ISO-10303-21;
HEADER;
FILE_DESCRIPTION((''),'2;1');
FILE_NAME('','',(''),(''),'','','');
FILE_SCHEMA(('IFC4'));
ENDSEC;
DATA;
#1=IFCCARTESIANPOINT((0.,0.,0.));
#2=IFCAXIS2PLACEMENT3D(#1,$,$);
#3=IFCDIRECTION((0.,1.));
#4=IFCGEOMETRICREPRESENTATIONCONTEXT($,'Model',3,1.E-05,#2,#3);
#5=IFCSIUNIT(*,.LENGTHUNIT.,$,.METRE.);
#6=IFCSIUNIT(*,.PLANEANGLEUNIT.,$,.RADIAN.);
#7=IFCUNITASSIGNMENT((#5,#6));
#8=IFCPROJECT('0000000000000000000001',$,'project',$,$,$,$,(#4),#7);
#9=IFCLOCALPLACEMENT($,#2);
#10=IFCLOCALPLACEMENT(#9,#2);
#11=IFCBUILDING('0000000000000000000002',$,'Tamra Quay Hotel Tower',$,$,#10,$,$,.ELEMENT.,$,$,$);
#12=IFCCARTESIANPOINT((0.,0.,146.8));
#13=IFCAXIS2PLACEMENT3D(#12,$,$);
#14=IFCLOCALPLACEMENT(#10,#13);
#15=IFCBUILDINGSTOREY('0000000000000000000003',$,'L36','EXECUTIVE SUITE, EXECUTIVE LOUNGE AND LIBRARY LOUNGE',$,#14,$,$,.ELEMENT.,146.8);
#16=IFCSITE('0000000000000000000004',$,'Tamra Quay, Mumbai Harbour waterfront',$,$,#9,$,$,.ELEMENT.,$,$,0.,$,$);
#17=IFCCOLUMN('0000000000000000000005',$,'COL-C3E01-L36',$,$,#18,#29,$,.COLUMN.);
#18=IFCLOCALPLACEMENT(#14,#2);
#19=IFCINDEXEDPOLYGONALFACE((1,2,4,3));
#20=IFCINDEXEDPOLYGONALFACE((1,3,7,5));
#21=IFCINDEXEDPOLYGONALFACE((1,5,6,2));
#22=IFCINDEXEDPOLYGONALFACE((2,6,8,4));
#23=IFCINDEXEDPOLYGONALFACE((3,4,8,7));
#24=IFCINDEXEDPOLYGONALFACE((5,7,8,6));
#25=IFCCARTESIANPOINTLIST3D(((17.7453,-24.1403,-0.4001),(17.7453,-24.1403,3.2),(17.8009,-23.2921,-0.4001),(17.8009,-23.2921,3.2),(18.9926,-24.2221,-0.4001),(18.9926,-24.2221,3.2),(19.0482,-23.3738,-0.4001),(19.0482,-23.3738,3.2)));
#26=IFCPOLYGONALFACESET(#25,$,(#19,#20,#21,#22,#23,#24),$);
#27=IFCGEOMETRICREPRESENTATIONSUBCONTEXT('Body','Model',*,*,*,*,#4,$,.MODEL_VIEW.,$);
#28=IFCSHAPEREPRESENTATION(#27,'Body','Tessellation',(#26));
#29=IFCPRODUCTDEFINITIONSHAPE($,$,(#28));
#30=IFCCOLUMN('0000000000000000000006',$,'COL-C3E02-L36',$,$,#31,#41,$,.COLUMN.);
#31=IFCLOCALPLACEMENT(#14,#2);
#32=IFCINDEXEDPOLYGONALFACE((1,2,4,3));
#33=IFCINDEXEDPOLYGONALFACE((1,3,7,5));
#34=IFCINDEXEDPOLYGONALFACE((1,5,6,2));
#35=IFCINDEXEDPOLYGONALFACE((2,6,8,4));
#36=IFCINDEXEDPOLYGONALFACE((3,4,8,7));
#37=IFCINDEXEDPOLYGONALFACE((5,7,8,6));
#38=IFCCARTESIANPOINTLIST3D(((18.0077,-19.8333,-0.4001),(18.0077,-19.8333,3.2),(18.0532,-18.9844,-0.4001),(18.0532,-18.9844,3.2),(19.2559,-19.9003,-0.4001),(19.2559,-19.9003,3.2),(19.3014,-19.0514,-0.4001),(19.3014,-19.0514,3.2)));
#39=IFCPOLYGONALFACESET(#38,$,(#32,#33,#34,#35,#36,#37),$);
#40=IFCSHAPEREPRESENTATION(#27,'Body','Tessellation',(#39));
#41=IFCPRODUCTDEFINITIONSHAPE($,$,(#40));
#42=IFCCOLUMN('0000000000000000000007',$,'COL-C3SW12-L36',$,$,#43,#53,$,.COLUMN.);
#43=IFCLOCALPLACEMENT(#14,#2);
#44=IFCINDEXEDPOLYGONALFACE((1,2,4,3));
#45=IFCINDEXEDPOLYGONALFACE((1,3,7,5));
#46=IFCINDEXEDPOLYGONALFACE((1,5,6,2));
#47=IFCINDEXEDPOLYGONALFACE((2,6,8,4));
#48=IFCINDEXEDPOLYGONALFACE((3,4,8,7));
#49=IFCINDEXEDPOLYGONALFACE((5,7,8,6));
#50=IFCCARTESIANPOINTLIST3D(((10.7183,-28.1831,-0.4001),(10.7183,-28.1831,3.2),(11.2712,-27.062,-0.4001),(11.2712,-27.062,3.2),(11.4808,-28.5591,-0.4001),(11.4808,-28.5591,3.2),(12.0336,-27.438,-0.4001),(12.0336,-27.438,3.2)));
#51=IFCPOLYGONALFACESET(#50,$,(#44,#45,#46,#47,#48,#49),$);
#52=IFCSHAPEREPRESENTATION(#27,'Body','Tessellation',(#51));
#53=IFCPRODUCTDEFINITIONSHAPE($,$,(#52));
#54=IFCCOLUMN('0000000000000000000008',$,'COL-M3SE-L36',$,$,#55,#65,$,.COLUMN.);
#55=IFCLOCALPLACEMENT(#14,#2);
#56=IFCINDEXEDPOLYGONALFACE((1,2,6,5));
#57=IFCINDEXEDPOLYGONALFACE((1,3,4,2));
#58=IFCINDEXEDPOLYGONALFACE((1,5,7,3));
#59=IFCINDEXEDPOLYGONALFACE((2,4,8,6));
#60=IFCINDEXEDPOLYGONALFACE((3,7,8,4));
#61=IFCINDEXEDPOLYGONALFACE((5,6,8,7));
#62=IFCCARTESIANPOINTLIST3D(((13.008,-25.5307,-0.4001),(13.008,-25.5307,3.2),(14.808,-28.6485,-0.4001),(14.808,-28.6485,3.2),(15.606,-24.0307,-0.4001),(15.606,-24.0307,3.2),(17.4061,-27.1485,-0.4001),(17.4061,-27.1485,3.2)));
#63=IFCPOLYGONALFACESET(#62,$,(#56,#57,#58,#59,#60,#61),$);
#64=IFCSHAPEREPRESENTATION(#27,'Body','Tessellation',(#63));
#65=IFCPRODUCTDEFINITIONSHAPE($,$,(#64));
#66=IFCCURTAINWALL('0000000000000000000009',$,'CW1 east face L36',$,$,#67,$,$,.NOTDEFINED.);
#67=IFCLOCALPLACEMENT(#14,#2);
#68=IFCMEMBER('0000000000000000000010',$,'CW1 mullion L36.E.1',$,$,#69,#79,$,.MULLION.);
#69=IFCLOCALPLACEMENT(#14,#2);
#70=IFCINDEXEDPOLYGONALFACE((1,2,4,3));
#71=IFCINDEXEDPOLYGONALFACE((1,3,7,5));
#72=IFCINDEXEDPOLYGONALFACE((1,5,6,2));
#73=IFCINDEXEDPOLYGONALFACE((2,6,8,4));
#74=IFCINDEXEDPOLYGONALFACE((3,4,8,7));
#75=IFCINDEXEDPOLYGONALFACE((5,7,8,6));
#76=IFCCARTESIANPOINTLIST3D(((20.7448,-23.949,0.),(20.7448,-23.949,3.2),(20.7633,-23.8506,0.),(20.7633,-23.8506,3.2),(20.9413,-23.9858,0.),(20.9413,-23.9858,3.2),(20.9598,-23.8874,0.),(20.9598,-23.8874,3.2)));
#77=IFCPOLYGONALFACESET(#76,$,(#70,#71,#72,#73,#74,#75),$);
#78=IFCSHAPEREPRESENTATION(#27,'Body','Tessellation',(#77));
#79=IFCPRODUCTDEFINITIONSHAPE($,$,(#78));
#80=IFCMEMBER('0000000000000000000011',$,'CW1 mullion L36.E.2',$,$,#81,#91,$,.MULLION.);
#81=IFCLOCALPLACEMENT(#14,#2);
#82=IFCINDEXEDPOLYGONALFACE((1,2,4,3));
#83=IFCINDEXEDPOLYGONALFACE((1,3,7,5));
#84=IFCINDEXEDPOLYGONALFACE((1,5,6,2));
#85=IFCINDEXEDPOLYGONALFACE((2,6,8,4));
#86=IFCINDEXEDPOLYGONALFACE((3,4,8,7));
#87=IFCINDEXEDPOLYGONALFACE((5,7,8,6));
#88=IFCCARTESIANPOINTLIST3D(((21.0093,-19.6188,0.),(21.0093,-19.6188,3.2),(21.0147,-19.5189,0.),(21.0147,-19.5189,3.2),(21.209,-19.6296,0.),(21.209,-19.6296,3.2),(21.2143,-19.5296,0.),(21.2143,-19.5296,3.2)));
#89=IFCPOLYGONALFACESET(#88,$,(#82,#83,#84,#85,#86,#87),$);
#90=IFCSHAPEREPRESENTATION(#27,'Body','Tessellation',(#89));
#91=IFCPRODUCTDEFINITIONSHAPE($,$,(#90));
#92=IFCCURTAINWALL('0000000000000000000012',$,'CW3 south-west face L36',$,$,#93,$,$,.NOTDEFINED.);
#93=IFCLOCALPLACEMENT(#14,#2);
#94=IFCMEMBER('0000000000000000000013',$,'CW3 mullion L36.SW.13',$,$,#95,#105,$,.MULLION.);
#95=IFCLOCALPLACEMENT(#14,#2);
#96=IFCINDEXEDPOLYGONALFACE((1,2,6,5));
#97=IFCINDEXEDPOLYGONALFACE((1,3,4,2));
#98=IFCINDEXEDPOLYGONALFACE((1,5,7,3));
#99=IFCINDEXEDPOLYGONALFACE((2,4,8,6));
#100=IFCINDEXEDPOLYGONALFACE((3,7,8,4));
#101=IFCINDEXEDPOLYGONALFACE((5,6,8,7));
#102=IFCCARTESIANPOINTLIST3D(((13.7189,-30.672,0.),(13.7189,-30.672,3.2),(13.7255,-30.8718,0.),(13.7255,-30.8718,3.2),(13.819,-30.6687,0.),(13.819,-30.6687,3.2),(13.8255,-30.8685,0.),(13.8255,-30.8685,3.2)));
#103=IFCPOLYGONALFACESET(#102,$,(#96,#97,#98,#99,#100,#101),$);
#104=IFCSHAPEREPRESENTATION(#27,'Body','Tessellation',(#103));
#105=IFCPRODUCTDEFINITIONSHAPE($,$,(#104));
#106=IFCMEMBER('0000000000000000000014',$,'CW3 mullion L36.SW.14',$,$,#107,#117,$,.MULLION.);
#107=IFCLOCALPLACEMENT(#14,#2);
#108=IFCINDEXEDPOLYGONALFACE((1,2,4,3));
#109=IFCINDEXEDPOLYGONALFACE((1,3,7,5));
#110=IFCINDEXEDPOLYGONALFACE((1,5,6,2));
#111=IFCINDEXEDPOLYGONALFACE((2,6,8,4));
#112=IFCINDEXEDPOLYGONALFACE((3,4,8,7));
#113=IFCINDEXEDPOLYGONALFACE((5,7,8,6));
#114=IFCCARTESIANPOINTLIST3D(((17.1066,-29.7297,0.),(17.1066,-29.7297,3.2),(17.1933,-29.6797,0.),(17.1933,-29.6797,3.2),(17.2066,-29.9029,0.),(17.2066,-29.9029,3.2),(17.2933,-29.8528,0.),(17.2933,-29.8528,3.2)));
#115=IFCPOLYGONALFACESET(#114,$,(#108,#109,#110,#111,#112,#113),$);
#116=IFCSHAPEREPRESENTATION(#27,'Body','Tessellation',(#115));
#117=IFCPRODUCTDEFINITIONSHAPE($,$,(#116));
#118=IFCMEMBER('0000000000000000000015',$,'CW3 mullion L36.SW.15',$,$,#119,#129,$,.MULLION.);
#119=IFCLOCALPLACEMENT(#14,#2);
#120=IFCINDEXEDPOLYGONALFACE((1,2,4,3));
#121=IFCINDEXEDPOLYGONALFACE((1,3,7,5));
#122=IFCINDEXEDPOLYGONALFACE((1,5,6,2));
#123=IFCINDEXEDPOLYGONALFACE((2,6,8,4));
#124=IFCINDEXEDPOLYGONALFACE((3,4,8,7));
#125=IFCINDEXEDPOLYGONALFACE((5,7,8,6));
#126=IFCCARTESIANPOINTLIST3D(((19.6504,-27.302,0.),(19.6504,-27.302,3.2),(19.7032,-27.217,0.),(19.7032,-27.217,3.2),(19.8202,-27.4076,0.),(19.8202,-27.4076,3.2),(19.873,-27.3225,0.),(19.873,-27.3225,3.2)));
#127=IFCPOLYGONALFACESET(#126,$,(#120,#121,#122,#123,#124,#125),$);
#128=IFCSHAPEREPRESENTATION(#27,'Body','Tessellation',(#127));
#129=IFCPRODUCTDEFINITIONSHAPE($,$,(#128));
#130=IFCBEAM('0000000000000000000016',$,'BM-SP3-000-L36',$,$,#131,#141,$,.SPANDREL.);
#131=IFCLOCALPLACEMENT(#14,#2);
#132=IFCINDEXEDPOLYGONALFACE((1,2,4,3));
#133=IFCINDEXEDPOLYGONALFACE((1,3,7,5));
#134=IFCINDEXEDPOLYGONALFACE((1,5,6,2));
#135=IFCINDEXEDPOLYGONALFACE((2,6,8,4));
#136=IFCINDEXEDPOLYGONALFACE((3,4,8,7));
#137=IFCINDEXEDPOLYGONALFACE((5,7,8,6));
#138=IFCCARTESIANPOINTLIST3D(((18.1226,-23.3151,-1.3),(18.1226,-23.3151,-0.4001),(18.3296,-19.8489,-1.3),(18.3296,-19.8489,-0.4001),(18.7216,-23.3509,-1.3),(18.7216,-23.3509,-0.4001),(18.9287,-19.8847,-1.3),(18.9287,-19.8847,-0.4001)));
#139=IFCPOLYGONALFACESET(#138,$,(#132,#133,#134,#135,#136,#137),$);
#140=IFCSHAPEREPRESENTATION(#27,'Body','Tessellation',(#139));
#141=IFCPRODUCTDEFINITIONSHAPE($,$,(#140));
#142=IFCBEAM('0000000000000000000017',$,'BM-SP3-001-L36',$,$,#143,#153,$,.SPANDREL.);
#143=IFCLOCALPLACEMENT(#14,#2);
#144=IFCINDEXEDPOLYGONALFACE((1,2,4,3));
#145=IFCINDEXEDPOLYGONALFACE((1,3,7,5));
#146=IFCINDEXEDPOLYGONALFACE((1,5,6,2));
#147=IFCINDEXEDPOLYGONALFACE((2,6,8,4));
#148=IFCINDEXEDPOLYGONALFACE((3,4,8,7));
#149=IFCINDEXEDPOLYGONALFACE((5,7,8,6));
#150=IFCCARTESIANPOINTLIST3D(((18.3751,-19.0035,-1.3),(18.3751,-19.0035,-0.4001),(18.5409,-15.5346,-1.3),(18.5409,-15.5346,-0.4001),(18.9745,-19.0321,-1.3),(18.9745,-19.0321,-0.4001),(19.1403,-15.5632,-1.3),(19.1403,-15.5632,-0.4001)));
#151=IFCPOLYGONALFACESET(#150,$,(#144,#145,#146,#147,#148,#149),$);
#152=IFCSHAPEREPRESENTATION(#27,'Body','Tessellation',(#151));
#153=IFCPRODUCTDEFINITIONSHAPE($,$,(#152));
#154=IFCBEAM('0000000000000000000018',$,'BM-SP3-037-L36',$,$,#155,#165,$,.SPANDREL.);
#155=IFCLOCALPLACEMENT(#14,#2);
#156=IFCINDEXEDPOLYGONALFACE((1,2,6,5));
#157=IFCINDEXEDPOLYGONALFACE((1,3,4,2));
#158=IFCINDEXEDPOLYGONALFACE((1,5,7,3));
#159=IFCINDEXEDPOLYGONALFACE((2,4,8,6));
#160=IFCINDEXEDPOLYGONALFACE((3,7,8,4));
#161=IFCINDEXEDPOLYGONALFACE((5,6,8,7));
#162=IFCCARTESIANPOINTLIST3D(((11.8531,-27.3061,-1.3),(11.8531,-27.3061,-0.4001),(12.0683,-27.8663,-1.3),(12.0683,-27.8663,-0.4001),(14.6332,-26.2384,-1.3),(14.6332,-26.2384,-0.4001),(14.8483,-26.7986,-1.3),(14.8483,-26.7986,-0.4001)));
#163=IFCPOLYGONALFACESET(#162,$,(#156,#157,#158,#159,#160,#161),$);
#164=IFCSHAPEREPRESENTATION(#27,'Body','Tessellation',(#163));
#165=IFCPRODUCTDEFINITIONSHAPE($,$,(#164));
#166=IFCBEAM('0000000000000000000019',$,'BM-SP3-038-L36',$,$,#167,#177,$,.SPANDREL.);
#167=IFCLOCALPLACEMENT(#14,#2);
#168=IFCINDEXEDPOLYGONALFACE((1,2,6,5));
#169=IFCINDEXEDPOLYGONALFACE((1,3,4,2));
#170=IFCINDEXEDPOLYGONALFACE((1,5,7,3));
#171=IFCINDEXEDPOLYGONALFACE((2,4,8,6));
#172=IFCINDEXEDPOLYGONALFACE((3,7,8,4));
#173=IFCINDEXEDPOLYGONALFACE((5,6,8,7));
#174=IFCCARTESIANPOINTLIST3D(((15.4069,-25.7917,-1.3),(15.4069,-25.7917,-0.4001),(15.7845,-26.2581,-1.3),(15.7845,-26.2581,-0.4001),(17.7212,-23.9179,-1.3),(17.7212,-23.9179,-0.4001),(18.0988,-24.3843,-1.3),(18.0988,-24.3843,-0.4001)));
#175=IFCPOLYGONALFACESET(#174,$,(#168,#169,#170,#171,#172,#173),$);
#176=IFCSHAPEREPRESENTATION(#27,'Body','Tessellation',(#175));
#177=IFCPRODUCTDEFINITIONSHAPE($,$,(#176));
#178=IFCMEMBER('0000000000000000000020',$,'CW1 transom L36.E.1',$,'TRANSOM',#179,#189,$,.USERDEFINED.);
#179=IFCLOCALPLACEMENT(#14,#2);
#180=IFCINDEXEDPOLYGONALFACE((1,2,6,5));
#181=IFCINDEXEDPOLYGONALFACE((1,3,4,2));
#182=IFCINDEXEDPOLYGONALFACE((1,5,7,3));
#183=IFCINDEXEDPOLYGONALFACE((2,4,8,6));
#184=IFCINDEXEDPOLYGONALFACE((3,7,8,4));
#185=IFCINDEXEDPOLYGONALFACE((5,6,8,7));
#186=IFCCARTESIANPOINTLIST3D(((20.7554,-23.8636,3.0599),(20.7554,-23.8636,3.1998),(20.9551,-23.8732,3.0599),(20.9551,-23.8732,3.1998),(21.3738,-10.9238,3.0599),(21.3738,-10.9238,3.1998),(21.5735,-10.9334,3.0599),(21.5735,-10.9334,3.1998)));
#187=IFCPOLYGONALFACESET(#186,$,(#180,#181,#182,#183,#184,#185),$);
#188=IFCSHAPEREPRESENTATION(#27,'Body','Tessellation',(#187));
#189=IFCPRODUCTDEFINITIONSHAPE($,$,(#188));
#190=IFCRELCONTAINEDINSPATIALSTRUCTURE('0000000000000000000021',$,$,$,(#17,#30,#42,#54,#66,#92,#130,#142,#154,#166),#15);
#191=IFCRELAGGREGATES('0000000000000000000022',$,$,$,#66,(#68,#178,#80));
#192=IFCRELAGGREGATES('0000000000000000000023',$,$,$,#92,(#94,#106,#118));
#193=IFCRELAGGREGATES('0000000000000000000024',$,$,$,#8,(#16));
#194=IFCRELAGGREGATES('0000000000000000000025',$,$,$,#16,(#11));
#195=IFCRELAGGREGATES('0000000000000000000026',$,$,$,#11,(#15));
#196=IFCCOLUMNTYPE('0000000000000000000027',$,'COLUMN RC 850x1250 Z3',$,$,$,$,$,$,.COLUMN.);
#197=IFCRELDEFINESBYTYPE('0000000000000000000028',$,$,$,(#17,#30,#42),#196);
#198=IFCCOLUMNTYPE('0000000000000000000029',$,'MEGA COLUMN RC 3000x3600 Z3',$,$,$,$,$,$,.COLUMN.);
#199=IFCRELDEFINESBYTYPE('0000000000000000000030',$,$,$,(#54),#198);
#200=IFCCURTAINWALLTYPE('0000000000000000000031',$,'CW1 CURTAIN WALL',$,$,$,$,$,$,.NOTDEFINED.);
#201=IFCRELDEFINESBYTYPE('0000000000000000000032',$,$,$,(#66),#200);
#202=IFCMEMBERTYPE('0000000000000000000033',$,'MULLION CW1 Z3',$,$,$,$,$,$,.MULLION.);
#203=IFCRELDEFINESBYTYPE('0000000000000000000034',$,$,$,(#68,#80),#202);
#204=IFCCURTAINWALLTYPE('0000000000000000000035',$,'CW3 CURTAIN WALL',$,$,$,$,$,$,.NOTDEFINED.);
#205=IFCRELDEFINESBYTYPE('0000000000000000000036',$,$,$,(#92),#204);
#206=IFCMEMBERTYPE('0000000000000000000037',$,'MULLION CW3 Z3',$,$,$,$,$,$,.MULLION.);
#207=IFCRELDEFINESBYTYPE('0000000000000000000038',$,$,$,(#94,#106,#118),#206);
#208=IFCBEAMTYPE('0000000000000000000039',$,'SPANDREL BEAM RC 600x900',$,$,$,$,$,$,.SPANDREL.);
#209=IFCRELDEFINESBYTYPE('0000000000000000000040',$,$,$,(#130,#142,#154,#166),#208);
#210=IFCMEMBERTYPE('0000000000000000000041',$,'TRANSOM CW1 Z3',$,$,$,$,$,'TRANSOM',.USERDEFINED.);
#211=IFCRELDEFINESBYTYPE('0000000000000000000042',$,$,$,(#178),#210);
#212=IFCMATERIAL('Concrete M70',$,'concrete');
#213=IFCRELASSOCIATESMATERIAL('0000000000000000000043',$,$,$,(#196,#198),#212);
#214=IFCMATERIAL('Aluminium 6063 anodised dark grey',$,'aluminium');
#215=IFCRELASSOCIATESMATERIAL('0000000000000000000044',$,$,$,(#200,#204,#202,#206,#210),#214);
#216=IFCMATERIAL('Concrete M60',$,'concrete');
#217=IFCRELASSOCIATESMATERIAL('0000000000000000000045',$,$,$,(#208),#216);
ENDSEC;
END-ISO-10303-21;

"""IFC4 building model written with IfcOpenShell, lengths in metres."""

from ifc_helpers import new_model, si_unit, direction, frame, origin, origin_2d, place, context, subcontext, project, spatial, rectangle, extrude, material, material_profile, profile_set, type_object, element, aggregate, save


model = new_model("IFC4")

# Units and contexts
model_context = context("Model", 3, precision=1e-05, world=origin(), true_north=direction((0.0, 1.0)))
body_context = subcontext(model_context, "Body", "Model", "MODEL_VIEW")
ifc_project = project(units=[si_unit("LENGTHUNIT", "METRE"), si_unit("PLANEANGLEUNIT", "RADIAN")], contexts=[model_context])

# Site, building, storey
site_placement = place(None, origin())
site = spatial("IfcSite", under=ifc_project, at=site_placement, Name="Tamra Quay, Mumbai Harbour waterfront", CompositionType="ELEMENT", RefElevation=0.0)
building_placement = place(site_placement, origin())
building = spatial("IfcBuilding", under=site, at=building_placement, Name="Tamra Quay Hotel Tower", CompositionType="ELEMENT")
storey_placement = place(building_placement, frame((0.0, 0.0, 146.8)))
storey = spatial("IfcBuildingStorey", under=building, at=storey_placement, Name="L36", Description="EXECUTIVE SUITE, EXECUTIVE LOUNGE AND LIBRARY LOUNGE", CompositionType="ELEMENT", Elevation=146.8)

# Columns
ifc_material_1 = material(Name="Concrete M70", Category="concrete")
ifc_material_profile_1 = material_profile(ifc_material_1, rectangle(XDim=1.25, YDim=0.8501, at=origin_2d()), Name="COLUMN RC 850x1250 Z3")
ifc_profile_set_1 = profile_set([ifc_material_profile_1], Name="Concrete M70")
column_type_1 = type_object("IfcColumnType", Name="COLUMN RC 850x1250 Z3", PredefinedType="COLUMN", material=ifc_profile_set_1)
for number, where, z_axis, x_axis, name in (
    (1, (18.3967, -23.7571, -0.4001), (0.0, 0.0, 1.0), (-0.997858, 0.065419, 0.0), "COL-C3E01-L36"),
    (2, (18.6545, -19.4424, -0.4001), (0.0, 0.0, 1.0), (-0.998562, 0.053603, 0.0), "COL-C3E02-L36"),
    (3, (11.376, -27.8105, -0.4001), (0.0, 0.0, 1.0), (0.442275, 0.89688, 0.0), "COL-C3SW12-L36"),
):
    element("IfcColumn", number, at=place(storey_placement, frame(where, z_axis=z_axis, x_axis=x_axis)), inside=storey, type_object=column_type_1, Name=name, PredefinedType="COLUMN", context=body_context, shape_type="SweptSolid", body=[
        extrude(rectangle(XDim=1.25, YDim=0.8501, at=origin_2d()), origin(), (0.0, 0.0, 1.0), 3.6001),
    ])
ifc_material_profile_2 = material_profile(ifc_material_1, rectangle(XDim=3.6001, YDim=3.0, at=origin_2d()), Name="MEGA COLUMN RC 3000x3600 Z3")
ifc_profile_set_2 = profile_set([ifc_material_profile_2], Name="Concrete M70")
column_type_2 = type_object("IfcColumnType", Name="MEGA COLUMN RC 3000x3600 Z3", PredefinedType="COLUMN", material=ifc_profile_set_2)
column_placement = place(storey_placement, frame((15.207, -26.3396, -0.4001), z_axis=(0.0, 0.0, 1.0), x_axis=(-0.5, 0.866025, 0.0)))
element("IfcColumn", 4, at=column_placement, inside=storey, type_object=column_type_2, Name="COL-M3SE-L36", PredefinedType="COLUMN", context=body_context, shape_type="SweptSolid", body=[
    extrude(rectangle(XDim=3.6001, YDim=3.0, at=origin_2d()), origin(), (0.0, 0.0, 1.0), 3.6001),
])

# Curtain walls, members
ifc_material_2 = material(Name="Aluminium 6063 anodised dark grey", Category="aluminium")
curtain_wall_type_1 = type_object("IfcCurtainWallType", Name="CW1 CURTAIN WALL", PredefinedType="NOTDEFINED", material=ifc_material_2)
curtain_wall_1_placement = place(storey_placement, origin())
curtain_wall_1 = element("IfcCurtainWall", 5, at=curtain_wall_1_placement, inside=storey, type_object=curtain_wall_type_1, Name="CW1 east face L36", PredefinedType="NOTDEFINED")
ifc_material_profile_3 = material_profile(ifc_material_2, rectangle(XDim=0.2, YDim=0.1001, at=origin_2d()), Name="MULLION 100X200")
ifc_profile_set_3 = profile_set([ifc_material_profile_3], Name="Aluminium 6063 anodised dark grey")
member_type_1 = type_object("IfcMemberType", Name="MULLION CW1 Z3", PredefinedType="MULLION", material=ifc_profile_set_3)
member_1_placement = place(storey_placement, frame((20.8523, -23.9182, 0.0), z_axis=(0.0, 0.0, 1.0), x_axis=(0.982883, -0.18423, 0.0)))
member_1 = element("IfcMember", 6, at=member_1_placement, type_object=member_type_1, Name="CW1 mullion L36.E.1", PredefinedType="MULLION", context=body_context, shape_type="SweptSolid", body=[
    extrude(rectangle(XDim=0.2, YDim=0.1001, at=origin_2d()), origin(), (0.0, 0.0, 1.0), 3.2),
])
member_2_placement = place(storey_placement, frame((21.1118, -19.5742, 0.0), z_axis=(0.0, 0.0, 1.0), x_axis=(0.998557, -0.053695, 0.0)))
member_2 = element("IfcMember", 7, at=member_2_placement, type_object=member_type_1, Name="CW1 mullion L36.E.2", PredefinedType="MULLION", context=body_context, shape_type="SweptSolid", body=[
    extrude(rectangle(XDim=0.2, YDim=0.1001, at=origin_2d()), origin(), (0.0, 0.0, 1.0), 3.2),
])
curtain_wall_type_2 = type_object("IfcCurtainWallType", Name="CW3 CURTAIN WALL", PredefinedType="NOTDEFINED", material=ifc_material_2)
curtain_wall_2_placement = place(storey_placement, origin())
curtain_wall_2 = element("IfcCurtainWall", 8, at=curtain_wall_2_placement, inside=storey, type_object=curtain_wall_type_2, Name="CW3 south-west face L36", PredefinedType="NOTDEFINED")
ifc_material_profile_4 = material_profile(ifc_material_2, rectangle(XDim=0.2, YDim=0.1001, at=origin_2d()), Name="MULLION 100X200")
ifc_profile_set_4 = profile_set([ifc_material_profile_4], Name="Aluminium 6063 anodised dark grey")
member_type_2 = type_object("IfcMemberType", Name="MULLION CW3 Z3", PredefinedType="MULLION", material=ifc_profile_set_4)
member_3_placement = place(storey_placement, frame((13.7722, -30.7703, 0.0), z_axis=(0.0, 0.0, 1.0), x_axis=(0.032727, -0.999464, 0.0)))
member_3 = element("IfcMember", 9, at=member_3_placement, type_object=member_type_2, Name="CW3 mullion L36.SW.13", PredefinedType="MULLION", context=body_context, shape_type="SweptSolid", body=[
    extrude(rectangle(XDim=0.2, YDim=0.1001, at=origin_2d()), origin(), (0.0, 0.0, 1.0), 3.2),
])
member_4_placement = place(storey_placement, frame((17.2, -29.7913, 0.0), z_axis=(0.0, 0.0, 1.0), x_axis=(0.5, -0.866025, 0.0)))
member_4 = element("IfcMember", 10, at=member_4_placement, type_object=member_type_2, Name="CW3 mullion L36.SW.14", PredefinedType="MULLION", context=body_context, shape_type="SweptSolid", body=[
    extrude(rectangle(XDim=0.2, YDim=0.1001, at=origin_2d()), origin(), (0.0, 0.0, 1.0), 3.2),
])
member_5_placement = place(storey_placement, frame((19.7617, -27.3123, 0.0), z_axis=(0.0, 0.0, 1.0), x_axis=(0.849198, -0.528075, 0.0)))
member_5 = element("IfcMember", 11, at=member_5_placement, type_object=member_type_2, Name="CW3 mullion L36.SW.15", PredefinedType="MULLION", context=body_context, shape_type="SweptSolid", body=[
    extrude(rectangle(XDim=0.2, YDim=0.1001, at=origin_2d()), origin(), (0.0, 0.0, 1.0), 3.2),
])

# Beams
ifc_material_3 = material(Name="Concrete M60", Category="concrete")
ifc_material_profile_5 = material_profile(ifc_material_3, rectangle(XDim=0.6001, YDim=0.8999, at=origin_2d()), Name="SPANDREL BEAM RC 600x900")
ifc_profile_set_5 = profile_set([ifc_material_profile_5], Name="Concrete M60")
beam_type = type_object("IfcBeamType", Name="SPANDREL BEAM RC 600x900", PredefinedType="SPANDREL", material=ifc_profile_set_5)
beam_1_placement = place(storey_placement, frame((18.4221, -23.333, -0.8501), z_axis=(0.05962, 0.998221, 0.0), x_axis=(-0.998221, 0.05962, 0.0)))
element("IfcBeam", 12, at=beam_1_placement, inside=storey, type_object=beam_type, Name="BM-SP3-000-L36", PredefinedType="SPANDREL", context=body_context, shape_type="SweptSolid", body=[
    extrude(rectangle(XDim=0.6001, YDim=0.8999, at=origin_2d()), origin(), (0.0, 0.0, 1.0), 3.4724),
])
beam_2_placement = place(storey_placement, frame((18.6748, -19.0178, -0.8501), z_axis=(0.047732, 0.99886, 0.0), x_axis=(-0.99886, 0.047732, 0.0)))
element("IfcBeam", 13, at=beam_2_placement, inside=storey, type_object=beam_type, Name="BM-SP3-001-L36", PredefinedType="SPANDREL", context=body_context, shape_type="SweptSolid", body=[
    extrude(rectangle(XDim=0.6001, YDim=0.8999, at=origin_2d()), origin(), (0.0, 0.0, 1.0), 3.4729),
])
beam_3_placement = place(storey_placement, frame((11.9607, -27.5862, -0.8501), z_axis=(0.933527, 0.358507, 0.0), x_axis=(-0.358507, 0.933527, 0.0)))
element("IfcBeam", 14, at=beam_3_placement, inside=storey, type_object=beam_type, Name="BM-SP3-037-L36", PredefinedType="SPANDREL", context=body_context, shape_type="SweptSolid", body=[
    extrude(rectangle(XDim=0.6001, YDim=0.8999, at=origin_2d()), origin(), (0.0, 0.0, 1.0), 2.978),
])
beam_4_placement = place(storey_placement, frame((15.5957, -26.0249, -0.8501), z_axis=(0.777184, 0.629274, 0.0), x_axis=(-0.629274, 0.777184, 0.0)))
element("IfcBeam", 15, at=beam_4_placement, inside=storey, type_object=beam_type, Name="BM-SP3-038-L36", PredefinedType="SPANDREL", context=body_context, shape_type="SweptSolid", body=[
    extrude(rectangle(XDim=0.6001, YDim=0.8999, at=origin_2d()), origin(), (0.0, 0.0, 1.0), 2.9778),
])

# Member
ifc_material_profile_6 = material_profile(ifc_material_2, rectangle(XDim=0.2, YDim=0.1399, at=origin_2d()), Name="TRANSOM 200X140")
ifc_profile_set_6 = profile_set([ifc_material_profile_6], Name="Aluminium 6063 anodised dark grey")
member_type_3 = type_object("IfcMemberType", Name="TRANSOM CW1 Z3", ElementType="TRANSOM", PredefinedType="USERDEFINED", material=ifc_profile_set_6)
member_6_placement = place(storey_placement, frame((20.8552, -23.8684, 3.1299), z_axis=(0.047736, 0.99886, 0.0), x_axis=(-0.99886, 0.047736, 0.0)))
member_6 = element("IfcMember", 16, at=member_6_placement, type_object=member_type_3, Name="CW1 transom L36.E.1", ObjectType="TRANSOM", PredefinedType="USERDEFINED", context=body_context, shape_type="SweptSolid", body=[
    extrude(rectangle(XDim=0.2, YDim=0.1399, at=origin_2d()), origin(), (0.0, 0.0, 1.0), 12.9546),
])

aggregate(curtain_wall_1, [member_1, member_6, member_2])
aggregate(curtain_wall_2, [member_3, member_4, member_5])

save(model, "model.ifc")
